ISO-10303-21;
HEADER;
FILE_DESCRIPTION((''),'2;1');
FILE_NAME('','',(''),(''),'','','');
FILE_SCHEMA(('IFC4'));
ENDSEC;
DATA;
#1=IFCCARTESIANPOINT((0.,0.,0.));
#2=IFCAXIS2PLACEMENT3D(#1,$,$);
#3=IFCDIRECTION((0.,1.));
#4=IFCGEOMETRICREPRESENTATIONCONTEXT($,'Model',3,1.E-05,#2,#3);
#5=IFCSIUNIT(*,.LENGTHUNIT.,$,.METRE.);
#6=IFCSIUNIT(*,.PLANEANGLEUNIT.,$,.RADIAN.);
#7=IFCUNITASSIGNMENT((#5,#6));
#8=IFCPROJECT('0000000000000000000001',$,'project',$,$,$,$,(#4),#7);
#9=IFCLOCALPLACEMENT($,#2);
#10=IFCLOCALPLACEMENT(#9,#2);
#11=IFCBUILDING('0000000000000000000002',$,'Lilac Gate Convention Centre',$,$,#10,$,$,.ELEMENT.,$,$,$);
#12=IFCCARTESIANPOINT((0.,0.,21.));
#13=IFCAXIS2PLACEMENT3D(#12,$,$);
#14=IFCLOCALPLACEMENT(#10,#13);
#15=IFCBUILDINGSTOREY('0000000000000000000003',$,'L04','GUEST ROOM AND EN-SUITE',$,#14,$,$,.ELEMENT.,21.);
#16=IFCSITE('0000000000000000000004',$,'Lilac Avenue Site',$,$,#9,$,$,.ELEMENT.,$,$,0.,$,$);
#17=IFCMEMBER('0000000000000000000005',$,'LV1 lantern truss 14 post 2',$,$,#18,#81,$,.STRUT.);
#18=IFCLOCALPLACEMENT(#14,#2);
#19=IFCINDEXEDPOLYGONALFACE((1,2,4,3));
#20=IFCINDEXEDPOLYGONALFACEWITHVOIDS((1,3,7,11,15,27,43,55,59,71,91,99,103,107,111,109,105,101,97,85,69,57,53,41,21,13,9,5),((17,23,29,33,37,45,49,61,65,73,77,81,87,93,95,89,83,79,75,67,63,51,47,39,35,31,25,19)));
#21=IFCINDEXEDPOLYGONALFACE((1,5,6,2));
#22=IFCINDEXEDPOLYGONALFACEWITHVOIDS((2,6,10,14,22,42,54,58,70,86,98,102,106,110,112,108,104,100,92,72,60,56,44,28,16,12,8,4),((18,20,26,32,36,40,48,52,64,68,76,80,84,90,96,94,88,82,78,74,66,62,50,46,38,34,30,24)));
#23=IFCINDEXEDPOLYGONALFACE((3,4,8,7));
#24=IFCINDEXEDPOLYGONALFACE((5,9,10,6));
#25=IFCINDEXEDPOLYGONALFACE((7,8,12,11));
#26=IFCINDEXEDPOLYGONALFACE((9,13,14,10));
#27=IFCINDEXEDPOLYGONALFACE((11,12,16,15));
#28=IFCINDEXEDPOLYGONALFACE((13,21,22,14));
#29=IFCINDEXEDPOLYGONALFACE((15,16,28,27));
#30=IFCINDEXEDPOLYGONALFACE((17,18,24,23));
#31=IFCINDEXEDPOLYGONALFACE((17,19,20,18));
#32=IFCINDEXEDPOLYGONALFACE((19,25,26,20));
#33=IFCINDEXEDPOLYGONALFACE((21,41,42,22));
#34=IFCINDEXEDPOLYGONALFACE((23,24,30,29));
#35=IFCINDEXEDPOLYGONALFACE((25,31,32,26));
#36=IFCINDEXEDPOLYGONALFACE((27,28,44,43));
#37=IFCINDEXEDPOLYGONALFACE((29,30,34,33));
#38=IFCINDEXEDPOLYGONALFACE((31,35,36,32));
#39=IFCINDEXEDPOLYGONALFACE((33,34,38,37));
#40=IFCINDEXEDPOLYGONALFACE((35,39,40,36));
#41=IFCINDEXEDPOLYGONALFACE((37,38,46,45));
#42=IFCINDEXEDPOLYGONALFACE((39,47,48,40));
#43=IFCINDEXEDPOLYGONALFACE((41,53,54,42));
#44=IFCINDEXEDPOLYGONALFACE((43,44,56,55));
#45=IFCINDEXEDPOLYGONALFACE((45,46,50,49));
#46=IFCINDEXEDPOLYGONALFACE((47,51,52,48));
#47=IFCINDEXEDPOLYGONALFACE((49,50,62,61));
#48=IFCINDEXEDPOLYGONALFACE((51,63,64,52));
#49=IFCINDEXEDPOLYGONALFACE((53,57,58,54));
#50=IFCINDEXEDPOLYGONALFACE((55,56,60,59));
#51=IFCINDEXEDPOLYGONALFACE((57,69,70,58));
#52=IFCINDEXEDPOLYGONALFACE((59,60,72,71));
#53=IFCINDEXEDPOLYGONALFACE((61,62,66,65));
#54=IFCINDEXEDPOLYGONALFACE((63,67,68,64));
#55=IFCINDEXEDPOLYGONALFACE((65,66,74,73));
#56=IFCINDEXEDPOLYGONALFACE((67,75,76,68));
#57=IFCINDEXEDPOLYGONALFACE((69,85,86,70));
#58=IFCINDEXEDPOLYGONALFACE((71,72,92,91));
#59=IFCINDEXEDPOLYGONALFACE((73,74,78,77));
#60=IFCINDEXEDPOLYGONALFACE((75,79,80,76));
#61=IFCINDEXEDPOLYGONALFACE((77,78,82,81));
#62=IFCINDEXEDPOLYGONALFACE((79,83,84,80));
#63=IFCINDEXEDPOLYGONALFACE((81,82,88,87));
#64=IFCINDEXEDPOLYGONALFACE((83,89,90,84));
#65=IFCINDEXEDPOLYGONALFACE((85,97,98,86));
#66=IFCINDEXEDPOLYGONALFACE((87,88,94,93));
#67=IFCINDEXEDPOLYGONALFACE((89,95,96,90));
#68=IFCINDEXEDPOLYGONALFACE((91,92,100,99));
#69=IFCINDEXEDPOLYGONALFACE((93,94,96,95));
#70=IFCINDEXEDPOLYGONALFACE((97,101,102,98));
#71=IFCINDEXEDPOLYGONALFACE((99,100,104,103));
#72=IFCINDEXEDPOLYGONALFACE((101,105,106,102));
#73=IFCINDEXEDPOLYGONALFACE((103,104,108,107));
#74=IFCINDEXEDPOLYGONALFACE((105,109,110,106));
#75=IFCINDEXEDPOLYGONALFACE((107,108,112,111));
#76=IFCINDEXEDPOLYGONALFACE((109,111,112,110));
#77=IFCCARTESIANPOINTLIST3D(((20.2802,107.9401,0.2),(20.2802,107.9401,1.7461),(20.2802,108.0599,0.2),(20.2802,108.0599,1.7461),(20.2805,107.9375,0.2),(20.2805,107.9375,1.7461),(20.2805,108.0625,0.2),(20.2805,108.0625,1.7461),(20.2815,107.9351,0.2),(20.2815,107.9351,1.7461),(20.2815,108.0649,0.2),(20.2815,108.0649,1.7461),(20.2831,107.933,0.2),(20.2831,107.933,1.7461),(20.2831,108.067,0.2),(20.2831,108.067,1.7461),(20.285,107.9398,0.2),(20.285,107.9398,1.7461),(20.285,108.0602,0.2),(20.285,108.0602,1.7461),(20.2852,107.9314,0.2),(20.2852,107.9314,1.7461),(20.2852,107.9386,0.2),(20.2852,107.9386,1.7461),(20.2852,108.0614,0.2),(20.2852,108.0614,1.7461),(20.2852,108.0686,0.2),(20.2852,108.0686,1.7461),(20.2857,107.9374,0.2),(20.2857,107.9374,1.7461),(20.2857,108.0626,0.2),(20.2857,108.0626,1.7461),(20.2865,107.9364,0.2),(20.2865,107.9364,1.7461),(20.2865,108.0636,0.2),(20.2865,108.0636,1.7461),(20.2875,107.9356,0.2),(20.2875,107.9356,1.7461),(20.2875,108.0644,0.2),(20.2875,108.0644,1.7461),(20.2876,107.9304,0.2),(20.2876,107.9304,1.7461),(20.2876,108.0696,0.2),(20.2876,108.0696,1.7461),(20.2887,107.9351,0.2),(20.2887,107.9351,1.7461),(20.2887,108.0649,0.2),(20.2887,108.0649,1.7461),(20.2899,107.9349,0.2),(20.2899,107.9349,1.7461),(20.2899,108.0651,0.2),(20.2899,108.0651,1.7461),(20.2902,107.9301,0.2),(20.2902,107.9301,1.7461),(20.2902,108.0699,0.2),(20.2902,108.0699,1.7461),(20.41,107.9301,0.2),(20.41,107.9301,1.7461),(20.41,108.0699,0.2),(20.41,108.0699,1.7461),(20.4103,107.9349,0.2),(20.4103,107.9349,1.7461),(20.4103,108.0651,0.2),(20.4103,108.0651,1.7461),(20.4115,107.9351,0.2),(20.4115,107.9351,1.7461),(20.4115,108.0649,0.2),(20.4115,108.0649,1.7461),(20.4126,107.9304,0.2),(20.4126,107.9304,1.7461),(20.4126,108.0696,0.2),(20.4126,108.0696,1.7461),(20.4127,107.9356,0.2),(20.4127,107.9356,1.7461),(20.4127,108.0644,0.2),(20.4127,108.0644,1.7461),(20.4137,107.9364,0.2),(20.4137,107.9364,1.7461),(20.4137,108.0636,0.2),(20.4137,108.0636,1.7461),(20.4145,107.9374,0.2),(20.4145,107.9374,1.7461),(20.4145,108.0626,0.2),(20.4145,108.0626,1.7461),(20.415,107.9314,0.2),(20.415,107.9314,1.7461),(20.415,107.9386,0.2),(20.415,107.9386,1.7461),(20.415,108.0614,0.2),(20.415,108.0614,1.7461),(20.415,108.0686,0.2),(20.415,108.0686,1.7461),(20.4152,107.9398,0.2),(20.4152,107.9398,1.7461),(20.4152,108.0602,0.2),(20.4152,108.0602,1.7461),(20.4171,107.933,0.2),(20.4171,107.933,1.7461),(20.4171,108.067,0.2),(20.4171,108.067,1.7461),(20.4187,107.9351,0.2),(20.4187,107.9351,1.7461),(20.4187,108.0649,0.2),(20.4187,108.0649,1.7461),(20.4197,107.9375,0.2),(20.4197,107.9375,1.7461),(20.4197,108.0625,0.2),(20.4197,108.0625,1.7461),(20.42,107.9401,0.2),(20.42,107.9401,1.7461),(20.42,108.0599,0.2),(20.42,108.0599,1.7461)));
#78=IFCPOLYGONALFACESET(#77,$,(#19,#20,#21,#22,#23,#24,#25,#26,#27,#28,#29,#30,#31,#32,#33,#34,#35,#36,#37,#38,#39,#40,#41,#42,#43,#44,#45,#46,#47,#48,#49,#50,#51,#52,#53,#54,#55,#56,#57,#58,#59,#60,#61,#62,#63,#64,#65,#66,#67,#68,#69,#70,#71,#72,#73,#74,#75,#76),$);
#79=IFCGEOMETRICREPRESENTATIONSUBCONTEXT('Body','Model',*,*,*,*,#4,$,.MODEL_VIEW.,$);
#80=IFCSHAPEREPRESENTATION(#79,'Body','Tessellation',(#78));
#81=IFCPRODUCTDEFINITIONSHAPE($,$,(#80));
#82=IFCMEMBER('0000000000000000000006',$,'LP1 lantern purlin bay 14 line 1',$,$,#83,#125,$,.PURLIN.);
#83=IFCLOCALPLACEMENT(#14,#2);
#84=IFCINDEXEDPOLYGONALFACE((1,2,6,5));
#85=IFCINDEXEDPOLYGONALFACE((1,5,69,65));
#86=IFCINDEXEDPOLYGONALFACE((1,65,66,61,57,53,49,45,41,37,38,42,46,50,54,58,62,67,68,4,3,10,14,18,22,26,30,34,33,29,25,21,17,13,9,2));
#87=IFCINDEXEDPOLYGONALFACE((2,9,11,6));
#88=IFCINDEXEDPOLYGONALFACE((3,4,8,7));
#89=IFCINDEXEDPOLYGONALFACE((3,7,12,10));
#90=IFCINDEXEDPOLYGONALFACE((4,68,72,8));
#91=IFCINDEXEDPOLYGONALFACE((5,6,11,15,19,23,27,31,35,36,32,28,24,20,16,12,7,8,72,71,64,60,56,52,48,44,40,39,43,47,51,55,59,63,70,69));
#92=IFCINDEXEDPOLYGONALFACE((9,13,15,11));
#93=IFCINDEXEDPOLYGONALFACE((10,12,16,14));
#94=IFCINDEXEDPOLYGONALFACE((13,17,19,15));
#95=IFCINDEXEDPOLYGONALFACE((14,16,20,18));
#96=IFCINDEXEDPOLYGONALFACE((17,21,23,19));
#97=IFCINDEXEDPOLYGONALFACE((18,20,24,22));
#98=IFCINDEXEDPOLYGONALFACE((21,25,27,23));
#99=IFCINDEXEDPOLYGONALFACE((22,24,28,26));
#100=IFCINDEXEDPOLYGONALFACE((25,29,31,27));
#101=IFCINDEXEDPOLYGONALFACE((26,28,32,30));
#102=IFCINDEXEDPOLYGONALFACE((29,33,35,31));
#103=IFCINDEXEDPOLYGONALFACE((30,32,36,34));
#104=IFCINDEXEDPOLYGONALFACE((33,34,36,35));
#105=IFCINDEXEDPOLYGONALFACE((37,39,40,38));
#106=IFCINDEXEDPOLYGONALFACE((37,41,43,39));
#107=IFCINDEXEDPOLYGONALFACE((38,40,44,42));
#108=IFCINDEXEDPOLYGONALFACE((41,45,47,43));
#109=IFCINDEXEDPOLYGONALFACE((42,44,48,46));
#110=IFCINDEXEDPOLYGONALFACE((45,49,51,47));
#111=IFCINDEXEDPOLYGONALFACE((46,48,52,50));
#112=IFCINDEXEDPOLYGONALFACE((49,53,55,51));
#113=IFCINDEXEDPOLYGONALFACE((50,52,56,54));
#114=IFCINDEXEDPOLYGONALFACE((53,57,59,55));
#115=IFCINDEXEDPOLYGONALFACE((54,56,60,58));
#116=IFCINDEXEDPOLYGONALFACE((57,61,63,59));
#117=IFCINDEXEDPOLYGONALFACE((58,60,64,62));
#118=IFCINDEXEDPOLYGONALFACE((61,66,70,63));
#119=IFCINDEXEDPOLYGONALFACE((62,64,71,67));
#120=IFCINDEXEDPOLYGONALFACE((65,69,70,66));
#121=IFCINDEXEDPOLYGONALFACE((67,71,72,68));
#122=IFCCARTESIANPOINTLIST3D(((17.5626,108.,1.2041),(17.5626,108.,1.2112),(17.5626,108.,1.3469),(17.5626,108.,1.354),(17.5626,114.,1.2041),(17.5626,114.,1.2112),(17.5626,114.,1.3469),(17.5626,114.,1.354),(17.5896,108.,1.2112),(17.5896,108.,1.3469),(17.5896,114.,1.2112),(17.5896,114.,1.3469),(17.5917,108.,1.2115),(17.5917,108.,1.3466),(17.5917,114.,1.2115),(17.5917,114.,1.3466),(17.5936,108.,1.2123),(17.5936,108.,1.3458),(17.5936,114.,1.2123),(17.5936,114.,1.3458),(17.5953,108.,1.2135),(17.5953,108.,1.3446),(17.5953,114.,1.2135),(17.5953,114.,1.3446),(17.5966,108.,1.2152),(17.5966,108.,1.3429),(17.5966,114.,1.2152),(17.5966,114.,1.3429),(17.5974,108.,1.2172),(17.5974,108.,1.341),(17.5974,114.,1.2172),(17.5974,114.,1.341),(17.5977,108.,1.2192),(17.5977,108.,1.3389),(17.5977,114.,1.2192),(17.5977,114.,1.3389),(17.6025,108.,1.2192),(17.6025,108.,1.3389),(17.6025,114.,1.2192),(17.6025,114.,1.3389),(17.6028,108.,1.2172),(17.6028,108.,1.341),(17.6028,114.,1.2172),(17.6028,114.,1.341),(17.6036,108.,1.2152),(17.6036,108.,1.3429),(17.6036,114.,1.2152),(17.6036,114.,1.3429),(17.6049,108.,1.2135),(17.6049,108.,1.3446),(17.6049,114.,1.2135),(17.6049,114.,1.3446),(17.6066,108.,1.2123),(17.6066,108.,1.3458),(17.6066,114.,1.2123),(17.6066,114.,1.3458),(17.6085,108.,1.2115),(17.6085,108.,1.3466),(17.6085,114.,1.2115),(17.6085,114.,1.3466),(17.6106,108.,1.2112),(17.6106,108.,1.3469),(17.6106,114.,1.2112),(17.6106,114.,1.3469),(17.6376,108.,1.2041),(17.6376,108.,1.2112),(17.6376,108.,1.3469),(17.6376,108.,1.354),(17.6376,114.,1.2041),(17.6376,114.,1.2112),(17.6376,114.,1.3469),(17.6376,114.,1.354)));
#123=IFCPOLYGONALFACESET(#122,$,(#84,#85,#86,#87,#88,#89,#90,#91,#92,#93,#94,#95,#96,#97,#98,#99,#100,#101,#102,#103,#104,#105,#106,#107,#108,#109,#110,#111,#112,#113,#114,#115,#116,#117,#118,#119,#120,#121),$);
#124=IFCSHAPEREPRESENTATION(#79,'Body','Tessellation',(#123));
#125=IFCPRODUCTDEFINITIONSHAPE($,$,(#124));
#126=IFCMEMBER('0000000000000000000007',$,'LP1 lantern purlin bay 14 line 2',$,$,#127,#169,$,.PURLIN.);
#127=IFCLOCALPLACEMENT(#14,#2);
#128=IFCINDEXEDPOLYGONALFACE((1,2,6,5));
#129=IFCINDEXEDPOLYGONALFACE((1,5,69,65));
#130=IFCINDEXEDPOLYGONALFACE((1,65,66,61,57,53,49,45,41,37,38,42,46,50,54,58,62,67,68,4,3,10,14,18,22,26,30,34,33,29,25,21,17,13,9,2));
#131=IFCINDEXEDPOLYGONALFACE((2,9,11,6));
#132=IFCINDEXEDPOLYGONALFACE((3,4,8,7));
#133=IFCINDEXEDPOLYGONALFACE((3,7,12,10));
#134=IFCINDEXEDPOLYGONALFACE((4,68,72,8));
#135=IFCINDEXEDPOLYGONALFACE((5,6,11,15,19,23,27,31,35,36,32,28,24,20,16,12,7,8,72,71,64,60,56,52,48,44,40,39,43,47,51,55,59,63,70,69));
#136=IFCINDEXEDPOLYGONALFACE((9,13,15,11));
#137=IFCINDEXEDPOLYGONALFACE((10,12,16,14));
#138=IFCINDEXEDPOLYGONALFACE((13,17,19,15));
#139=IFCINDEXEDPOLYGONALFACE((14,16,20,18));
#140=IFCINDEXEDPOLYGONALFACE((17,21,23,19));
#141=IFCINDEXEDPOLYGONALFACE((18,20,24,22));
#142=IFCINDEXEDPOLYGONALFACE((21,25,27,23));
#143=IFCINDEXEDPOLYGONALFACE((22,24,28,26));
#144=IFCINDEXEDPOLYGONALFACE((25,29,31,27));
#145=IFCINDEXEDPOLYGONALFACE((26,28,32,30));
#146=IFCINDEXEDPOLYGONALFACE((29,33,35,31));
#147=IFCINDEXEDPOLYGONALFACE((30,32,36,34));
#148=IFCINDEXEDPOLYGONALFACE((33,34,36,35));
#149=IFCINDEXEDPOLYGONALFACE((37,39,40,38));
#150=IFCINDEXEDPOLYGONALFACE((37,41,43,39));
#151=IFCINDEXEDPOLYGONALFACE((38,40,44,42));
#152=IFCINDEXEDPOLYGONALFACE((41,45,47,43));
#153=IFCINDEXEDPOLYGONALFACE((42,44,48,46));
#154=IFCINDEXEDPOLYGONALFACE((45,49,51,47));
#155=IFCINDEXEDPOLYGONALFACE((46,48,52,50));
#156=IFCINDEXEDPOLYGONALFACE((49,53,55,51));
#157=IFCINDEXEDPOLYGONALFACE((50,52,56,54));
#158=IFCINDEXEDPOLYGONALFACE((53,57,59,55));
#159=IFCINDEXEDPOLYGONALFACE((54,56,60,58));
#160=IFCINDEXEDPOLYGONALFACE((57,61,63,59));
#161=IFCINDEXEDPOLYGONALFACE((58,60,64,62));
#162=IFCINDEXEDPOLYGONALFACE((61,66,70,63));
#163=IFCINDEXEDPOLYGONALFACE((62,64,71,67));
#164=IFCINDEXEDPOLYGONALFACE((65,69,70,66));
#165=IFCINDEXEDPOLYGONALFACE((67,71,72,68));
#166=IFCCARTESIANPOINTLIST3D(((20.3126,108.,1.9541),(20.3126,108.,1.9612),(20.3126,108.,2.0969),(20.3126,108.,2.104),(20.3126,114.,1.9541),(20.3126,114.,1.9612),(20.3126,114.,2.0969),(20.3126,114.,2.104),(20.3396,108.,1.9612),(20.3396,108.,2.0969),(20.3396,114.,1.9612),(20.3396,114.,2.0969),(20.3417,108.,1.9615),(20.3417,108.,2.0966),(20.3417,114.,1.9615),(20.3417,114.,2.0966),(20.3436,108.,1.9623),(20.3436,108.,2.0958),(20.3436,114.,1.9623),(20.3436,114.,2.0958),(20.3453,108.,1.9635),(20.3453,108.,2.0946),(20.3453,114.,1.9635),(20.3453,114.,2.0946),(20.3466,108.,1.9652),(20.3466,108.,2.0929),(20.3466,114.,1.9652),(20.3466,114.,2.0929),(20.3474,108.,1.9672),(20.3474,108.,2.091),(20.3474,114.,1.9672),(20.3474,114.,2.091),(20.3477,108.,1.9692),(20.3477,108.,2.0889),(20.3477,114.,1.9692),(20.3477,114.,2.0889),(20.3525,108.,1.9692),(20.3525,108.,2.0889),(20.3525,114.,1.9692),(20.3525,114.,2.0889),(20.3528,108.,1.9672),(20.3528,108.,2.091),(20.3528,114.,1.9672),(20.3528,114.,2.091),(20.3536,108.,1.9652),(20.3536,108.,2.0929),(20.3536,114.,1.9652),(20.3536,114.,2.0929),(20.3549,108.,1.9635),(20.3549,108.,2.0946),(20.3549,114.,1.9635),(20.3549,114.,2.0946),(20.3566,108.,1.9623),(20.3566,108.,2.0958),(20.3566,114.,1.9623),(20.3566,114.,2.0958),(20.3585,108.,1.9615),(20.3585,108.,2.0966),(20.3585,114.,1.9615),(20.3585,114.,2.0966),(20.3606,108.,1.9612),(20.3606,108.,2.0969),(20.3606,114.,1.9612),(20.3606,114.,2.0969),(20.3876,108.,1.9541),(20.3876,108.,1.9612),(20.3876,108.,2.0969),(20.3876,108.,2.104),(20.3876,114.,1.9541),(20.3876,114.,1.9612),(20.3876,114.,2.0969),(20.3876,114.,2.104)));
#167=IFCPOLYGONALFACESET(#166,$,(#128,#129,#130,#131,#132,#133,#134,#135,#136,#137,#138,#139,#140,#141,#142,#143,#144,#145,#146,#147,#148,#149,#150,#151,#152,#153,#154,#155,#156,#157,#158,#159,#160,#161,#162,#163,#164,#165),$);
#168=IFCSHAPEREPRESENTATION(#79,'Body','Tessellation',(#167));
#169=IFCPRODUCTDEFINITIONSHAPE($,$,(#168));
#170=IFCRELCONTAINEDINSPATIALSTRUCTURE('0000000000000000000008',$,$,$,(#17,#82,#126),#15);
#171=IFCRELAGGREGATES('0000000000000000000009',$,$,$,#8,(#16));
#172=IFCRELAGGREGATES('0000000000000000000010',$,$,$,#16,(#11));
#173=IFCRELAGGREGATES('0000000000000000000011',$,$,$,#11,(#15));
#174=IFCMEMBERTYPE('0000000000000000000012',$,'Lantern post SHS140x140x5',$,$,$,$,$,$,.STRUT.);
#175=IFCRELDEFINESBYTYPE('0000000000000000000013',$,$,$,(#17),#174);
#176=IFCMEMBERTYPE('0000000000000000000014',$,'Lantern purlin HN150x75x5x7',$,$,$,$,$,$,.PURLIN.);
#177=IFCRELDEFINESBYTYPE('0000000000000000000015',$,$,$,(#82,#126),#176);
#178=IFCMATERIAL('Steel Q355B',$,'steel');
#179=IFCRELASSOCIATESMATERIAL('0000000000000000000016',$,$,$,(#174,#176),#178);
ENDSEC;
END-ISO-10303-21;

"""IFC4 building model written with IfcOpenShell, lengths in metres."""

from ifc_helpers import new_model, si_unit, direction, frame, origin, origin_2d, place, context, subcontext, project, spatial, hollow_rectangle, i_section, extrude, material, material_profile, profile_set, type_object, element, save


model = new_model("IFC4")

# Units and contexts
model_context = context("Model", 3, precision=1e-05, world=origin(), true_north=direction((0.0, 1.0)))
body_context = subcontext(model_context, "Body", "Model", "MODEL_VIEW")
ifc_project = project(units=[si_unit("LENGTHUNIT", "METRE"), si_unit("PLANEANGLEUNIT", "RADIAN")], contexts=[model_context])

# Site, building, storey
site_placement = place(None, origin())
site = spatial("IfcSite", under=ifc_project, at=site_placement, Name="Lilac Avenue Site", CompositionType="ELEMENT", RefElevation=0.0)
building_placement = place(site_placement, origin())
building = spatial("IfcBuilding", under=site, at=building_placement, Name="Lilac Gate Convention Centre", CompositionType="ELEMENT")
storey_placement = place(building_placement, frame((0.0, 0.0, 21.0)))
storey = spatial("IfcBuildingStorey", under=building, at=storey_placement, Name="L04", Description="GUEST ROOM AND EN-SUITE", CompositionType="ELEMENT", Elevation=21.0)

# Members
ifc_material_1 = material(Name="Steel Q355B", Category="steel")
ifc_material_profile_1 = material_profile(ifc_material_1, hollow_rectangle(XDim=0.1399, YDim=0.1399, WallThickness=0.0049, InnerFilletRadius=0.0049, OuterFilletRadius=0.01, at=origin_2d()), Name="SHS140x140x5")
ifc_profile_set_1 = profile_set([ifc_material_profile_1], Name="Steel Q355B")
member_type_1 = type_object("IfcMemberType", Name="Lantern post SHS140x140x5", PredefinedType="STRUT", material=ifc_profile_set_1)
member_1_placement = place(storey_placement, frame((20.3501, 108.0, 0.2), z_axis=(0.0, 0.0, 1.0), x_axis=(1.0, 0.0, 0.0)))
element("IfcMember", 1, at=member_1_placement, inside=storey, type_object=member_type_1, Name="LV1 lantern truss 14 post 2", PredefinedType="STRUT", context=body_context, shape_type="SweptSolid", body=[
    extrude(hollow_rectangle(XDim=0.1399, YDim=0.1399, WallThickness=0.0049, InnerFilletRadius=0.0049, OuterFilletRadius=0.01, at=origin_2d()), origin(), (0.0, 0.0, 1.0), 1.5461),
])
ifc_material_profile_2 = material_profile(ifc_material_1, i_section(OverallWidth=0.075, OverallDepth=0.1499, WebThickness=0.0049, FlangeThickness=0.0071, FilletRadius=0.0081, at=origin_2d()), Name="HN150x75x5x7")
ifc_profile_set_2 = profile_set([ifc_material_profile_2], Name="Steel Q355B")
member_type_2 = type_object("IfcMemberType", Name="Lantern purlin HN150x75x5x7", PredefinedType="PURLIN", material=ifc_profile_set_2)
for number, where, z_axis, x_axis, name in (
    (2, (17.6001, 108.0, 1.2791), (0.0, 1.0, 0.0), (-1.0, 0.0, 0.0), "LP1 lantern purlin bay 14 line 1"),
    (3, (20.3501, 108.0, 2.0291), (0.0, 1.0, 0.0), (-1.0, 0.0, 0.0), "LP1 lantern purlin bay 14 line 2"),
):
    element("IfcMember", number, at=place(storey_placement, frame(where, z_axis=z_axis, x_axis=x_axis)), inside=storey, type_object=member_type_2, Name=name, PredefinedType="PURLIN", context=body_context, shape_type="SweptSolid", body=[
        extrude(i_section(OverallWidth=0.075, OverallDepth=0.1499, WebThickness=0.0049, FlangeThickness=0.0071, FilletRadius=0.0081, at=origin_2d()), origin(), (0.0, 0.0, 1.0), 6.0),
    ])

save(model, "model.ifc")
